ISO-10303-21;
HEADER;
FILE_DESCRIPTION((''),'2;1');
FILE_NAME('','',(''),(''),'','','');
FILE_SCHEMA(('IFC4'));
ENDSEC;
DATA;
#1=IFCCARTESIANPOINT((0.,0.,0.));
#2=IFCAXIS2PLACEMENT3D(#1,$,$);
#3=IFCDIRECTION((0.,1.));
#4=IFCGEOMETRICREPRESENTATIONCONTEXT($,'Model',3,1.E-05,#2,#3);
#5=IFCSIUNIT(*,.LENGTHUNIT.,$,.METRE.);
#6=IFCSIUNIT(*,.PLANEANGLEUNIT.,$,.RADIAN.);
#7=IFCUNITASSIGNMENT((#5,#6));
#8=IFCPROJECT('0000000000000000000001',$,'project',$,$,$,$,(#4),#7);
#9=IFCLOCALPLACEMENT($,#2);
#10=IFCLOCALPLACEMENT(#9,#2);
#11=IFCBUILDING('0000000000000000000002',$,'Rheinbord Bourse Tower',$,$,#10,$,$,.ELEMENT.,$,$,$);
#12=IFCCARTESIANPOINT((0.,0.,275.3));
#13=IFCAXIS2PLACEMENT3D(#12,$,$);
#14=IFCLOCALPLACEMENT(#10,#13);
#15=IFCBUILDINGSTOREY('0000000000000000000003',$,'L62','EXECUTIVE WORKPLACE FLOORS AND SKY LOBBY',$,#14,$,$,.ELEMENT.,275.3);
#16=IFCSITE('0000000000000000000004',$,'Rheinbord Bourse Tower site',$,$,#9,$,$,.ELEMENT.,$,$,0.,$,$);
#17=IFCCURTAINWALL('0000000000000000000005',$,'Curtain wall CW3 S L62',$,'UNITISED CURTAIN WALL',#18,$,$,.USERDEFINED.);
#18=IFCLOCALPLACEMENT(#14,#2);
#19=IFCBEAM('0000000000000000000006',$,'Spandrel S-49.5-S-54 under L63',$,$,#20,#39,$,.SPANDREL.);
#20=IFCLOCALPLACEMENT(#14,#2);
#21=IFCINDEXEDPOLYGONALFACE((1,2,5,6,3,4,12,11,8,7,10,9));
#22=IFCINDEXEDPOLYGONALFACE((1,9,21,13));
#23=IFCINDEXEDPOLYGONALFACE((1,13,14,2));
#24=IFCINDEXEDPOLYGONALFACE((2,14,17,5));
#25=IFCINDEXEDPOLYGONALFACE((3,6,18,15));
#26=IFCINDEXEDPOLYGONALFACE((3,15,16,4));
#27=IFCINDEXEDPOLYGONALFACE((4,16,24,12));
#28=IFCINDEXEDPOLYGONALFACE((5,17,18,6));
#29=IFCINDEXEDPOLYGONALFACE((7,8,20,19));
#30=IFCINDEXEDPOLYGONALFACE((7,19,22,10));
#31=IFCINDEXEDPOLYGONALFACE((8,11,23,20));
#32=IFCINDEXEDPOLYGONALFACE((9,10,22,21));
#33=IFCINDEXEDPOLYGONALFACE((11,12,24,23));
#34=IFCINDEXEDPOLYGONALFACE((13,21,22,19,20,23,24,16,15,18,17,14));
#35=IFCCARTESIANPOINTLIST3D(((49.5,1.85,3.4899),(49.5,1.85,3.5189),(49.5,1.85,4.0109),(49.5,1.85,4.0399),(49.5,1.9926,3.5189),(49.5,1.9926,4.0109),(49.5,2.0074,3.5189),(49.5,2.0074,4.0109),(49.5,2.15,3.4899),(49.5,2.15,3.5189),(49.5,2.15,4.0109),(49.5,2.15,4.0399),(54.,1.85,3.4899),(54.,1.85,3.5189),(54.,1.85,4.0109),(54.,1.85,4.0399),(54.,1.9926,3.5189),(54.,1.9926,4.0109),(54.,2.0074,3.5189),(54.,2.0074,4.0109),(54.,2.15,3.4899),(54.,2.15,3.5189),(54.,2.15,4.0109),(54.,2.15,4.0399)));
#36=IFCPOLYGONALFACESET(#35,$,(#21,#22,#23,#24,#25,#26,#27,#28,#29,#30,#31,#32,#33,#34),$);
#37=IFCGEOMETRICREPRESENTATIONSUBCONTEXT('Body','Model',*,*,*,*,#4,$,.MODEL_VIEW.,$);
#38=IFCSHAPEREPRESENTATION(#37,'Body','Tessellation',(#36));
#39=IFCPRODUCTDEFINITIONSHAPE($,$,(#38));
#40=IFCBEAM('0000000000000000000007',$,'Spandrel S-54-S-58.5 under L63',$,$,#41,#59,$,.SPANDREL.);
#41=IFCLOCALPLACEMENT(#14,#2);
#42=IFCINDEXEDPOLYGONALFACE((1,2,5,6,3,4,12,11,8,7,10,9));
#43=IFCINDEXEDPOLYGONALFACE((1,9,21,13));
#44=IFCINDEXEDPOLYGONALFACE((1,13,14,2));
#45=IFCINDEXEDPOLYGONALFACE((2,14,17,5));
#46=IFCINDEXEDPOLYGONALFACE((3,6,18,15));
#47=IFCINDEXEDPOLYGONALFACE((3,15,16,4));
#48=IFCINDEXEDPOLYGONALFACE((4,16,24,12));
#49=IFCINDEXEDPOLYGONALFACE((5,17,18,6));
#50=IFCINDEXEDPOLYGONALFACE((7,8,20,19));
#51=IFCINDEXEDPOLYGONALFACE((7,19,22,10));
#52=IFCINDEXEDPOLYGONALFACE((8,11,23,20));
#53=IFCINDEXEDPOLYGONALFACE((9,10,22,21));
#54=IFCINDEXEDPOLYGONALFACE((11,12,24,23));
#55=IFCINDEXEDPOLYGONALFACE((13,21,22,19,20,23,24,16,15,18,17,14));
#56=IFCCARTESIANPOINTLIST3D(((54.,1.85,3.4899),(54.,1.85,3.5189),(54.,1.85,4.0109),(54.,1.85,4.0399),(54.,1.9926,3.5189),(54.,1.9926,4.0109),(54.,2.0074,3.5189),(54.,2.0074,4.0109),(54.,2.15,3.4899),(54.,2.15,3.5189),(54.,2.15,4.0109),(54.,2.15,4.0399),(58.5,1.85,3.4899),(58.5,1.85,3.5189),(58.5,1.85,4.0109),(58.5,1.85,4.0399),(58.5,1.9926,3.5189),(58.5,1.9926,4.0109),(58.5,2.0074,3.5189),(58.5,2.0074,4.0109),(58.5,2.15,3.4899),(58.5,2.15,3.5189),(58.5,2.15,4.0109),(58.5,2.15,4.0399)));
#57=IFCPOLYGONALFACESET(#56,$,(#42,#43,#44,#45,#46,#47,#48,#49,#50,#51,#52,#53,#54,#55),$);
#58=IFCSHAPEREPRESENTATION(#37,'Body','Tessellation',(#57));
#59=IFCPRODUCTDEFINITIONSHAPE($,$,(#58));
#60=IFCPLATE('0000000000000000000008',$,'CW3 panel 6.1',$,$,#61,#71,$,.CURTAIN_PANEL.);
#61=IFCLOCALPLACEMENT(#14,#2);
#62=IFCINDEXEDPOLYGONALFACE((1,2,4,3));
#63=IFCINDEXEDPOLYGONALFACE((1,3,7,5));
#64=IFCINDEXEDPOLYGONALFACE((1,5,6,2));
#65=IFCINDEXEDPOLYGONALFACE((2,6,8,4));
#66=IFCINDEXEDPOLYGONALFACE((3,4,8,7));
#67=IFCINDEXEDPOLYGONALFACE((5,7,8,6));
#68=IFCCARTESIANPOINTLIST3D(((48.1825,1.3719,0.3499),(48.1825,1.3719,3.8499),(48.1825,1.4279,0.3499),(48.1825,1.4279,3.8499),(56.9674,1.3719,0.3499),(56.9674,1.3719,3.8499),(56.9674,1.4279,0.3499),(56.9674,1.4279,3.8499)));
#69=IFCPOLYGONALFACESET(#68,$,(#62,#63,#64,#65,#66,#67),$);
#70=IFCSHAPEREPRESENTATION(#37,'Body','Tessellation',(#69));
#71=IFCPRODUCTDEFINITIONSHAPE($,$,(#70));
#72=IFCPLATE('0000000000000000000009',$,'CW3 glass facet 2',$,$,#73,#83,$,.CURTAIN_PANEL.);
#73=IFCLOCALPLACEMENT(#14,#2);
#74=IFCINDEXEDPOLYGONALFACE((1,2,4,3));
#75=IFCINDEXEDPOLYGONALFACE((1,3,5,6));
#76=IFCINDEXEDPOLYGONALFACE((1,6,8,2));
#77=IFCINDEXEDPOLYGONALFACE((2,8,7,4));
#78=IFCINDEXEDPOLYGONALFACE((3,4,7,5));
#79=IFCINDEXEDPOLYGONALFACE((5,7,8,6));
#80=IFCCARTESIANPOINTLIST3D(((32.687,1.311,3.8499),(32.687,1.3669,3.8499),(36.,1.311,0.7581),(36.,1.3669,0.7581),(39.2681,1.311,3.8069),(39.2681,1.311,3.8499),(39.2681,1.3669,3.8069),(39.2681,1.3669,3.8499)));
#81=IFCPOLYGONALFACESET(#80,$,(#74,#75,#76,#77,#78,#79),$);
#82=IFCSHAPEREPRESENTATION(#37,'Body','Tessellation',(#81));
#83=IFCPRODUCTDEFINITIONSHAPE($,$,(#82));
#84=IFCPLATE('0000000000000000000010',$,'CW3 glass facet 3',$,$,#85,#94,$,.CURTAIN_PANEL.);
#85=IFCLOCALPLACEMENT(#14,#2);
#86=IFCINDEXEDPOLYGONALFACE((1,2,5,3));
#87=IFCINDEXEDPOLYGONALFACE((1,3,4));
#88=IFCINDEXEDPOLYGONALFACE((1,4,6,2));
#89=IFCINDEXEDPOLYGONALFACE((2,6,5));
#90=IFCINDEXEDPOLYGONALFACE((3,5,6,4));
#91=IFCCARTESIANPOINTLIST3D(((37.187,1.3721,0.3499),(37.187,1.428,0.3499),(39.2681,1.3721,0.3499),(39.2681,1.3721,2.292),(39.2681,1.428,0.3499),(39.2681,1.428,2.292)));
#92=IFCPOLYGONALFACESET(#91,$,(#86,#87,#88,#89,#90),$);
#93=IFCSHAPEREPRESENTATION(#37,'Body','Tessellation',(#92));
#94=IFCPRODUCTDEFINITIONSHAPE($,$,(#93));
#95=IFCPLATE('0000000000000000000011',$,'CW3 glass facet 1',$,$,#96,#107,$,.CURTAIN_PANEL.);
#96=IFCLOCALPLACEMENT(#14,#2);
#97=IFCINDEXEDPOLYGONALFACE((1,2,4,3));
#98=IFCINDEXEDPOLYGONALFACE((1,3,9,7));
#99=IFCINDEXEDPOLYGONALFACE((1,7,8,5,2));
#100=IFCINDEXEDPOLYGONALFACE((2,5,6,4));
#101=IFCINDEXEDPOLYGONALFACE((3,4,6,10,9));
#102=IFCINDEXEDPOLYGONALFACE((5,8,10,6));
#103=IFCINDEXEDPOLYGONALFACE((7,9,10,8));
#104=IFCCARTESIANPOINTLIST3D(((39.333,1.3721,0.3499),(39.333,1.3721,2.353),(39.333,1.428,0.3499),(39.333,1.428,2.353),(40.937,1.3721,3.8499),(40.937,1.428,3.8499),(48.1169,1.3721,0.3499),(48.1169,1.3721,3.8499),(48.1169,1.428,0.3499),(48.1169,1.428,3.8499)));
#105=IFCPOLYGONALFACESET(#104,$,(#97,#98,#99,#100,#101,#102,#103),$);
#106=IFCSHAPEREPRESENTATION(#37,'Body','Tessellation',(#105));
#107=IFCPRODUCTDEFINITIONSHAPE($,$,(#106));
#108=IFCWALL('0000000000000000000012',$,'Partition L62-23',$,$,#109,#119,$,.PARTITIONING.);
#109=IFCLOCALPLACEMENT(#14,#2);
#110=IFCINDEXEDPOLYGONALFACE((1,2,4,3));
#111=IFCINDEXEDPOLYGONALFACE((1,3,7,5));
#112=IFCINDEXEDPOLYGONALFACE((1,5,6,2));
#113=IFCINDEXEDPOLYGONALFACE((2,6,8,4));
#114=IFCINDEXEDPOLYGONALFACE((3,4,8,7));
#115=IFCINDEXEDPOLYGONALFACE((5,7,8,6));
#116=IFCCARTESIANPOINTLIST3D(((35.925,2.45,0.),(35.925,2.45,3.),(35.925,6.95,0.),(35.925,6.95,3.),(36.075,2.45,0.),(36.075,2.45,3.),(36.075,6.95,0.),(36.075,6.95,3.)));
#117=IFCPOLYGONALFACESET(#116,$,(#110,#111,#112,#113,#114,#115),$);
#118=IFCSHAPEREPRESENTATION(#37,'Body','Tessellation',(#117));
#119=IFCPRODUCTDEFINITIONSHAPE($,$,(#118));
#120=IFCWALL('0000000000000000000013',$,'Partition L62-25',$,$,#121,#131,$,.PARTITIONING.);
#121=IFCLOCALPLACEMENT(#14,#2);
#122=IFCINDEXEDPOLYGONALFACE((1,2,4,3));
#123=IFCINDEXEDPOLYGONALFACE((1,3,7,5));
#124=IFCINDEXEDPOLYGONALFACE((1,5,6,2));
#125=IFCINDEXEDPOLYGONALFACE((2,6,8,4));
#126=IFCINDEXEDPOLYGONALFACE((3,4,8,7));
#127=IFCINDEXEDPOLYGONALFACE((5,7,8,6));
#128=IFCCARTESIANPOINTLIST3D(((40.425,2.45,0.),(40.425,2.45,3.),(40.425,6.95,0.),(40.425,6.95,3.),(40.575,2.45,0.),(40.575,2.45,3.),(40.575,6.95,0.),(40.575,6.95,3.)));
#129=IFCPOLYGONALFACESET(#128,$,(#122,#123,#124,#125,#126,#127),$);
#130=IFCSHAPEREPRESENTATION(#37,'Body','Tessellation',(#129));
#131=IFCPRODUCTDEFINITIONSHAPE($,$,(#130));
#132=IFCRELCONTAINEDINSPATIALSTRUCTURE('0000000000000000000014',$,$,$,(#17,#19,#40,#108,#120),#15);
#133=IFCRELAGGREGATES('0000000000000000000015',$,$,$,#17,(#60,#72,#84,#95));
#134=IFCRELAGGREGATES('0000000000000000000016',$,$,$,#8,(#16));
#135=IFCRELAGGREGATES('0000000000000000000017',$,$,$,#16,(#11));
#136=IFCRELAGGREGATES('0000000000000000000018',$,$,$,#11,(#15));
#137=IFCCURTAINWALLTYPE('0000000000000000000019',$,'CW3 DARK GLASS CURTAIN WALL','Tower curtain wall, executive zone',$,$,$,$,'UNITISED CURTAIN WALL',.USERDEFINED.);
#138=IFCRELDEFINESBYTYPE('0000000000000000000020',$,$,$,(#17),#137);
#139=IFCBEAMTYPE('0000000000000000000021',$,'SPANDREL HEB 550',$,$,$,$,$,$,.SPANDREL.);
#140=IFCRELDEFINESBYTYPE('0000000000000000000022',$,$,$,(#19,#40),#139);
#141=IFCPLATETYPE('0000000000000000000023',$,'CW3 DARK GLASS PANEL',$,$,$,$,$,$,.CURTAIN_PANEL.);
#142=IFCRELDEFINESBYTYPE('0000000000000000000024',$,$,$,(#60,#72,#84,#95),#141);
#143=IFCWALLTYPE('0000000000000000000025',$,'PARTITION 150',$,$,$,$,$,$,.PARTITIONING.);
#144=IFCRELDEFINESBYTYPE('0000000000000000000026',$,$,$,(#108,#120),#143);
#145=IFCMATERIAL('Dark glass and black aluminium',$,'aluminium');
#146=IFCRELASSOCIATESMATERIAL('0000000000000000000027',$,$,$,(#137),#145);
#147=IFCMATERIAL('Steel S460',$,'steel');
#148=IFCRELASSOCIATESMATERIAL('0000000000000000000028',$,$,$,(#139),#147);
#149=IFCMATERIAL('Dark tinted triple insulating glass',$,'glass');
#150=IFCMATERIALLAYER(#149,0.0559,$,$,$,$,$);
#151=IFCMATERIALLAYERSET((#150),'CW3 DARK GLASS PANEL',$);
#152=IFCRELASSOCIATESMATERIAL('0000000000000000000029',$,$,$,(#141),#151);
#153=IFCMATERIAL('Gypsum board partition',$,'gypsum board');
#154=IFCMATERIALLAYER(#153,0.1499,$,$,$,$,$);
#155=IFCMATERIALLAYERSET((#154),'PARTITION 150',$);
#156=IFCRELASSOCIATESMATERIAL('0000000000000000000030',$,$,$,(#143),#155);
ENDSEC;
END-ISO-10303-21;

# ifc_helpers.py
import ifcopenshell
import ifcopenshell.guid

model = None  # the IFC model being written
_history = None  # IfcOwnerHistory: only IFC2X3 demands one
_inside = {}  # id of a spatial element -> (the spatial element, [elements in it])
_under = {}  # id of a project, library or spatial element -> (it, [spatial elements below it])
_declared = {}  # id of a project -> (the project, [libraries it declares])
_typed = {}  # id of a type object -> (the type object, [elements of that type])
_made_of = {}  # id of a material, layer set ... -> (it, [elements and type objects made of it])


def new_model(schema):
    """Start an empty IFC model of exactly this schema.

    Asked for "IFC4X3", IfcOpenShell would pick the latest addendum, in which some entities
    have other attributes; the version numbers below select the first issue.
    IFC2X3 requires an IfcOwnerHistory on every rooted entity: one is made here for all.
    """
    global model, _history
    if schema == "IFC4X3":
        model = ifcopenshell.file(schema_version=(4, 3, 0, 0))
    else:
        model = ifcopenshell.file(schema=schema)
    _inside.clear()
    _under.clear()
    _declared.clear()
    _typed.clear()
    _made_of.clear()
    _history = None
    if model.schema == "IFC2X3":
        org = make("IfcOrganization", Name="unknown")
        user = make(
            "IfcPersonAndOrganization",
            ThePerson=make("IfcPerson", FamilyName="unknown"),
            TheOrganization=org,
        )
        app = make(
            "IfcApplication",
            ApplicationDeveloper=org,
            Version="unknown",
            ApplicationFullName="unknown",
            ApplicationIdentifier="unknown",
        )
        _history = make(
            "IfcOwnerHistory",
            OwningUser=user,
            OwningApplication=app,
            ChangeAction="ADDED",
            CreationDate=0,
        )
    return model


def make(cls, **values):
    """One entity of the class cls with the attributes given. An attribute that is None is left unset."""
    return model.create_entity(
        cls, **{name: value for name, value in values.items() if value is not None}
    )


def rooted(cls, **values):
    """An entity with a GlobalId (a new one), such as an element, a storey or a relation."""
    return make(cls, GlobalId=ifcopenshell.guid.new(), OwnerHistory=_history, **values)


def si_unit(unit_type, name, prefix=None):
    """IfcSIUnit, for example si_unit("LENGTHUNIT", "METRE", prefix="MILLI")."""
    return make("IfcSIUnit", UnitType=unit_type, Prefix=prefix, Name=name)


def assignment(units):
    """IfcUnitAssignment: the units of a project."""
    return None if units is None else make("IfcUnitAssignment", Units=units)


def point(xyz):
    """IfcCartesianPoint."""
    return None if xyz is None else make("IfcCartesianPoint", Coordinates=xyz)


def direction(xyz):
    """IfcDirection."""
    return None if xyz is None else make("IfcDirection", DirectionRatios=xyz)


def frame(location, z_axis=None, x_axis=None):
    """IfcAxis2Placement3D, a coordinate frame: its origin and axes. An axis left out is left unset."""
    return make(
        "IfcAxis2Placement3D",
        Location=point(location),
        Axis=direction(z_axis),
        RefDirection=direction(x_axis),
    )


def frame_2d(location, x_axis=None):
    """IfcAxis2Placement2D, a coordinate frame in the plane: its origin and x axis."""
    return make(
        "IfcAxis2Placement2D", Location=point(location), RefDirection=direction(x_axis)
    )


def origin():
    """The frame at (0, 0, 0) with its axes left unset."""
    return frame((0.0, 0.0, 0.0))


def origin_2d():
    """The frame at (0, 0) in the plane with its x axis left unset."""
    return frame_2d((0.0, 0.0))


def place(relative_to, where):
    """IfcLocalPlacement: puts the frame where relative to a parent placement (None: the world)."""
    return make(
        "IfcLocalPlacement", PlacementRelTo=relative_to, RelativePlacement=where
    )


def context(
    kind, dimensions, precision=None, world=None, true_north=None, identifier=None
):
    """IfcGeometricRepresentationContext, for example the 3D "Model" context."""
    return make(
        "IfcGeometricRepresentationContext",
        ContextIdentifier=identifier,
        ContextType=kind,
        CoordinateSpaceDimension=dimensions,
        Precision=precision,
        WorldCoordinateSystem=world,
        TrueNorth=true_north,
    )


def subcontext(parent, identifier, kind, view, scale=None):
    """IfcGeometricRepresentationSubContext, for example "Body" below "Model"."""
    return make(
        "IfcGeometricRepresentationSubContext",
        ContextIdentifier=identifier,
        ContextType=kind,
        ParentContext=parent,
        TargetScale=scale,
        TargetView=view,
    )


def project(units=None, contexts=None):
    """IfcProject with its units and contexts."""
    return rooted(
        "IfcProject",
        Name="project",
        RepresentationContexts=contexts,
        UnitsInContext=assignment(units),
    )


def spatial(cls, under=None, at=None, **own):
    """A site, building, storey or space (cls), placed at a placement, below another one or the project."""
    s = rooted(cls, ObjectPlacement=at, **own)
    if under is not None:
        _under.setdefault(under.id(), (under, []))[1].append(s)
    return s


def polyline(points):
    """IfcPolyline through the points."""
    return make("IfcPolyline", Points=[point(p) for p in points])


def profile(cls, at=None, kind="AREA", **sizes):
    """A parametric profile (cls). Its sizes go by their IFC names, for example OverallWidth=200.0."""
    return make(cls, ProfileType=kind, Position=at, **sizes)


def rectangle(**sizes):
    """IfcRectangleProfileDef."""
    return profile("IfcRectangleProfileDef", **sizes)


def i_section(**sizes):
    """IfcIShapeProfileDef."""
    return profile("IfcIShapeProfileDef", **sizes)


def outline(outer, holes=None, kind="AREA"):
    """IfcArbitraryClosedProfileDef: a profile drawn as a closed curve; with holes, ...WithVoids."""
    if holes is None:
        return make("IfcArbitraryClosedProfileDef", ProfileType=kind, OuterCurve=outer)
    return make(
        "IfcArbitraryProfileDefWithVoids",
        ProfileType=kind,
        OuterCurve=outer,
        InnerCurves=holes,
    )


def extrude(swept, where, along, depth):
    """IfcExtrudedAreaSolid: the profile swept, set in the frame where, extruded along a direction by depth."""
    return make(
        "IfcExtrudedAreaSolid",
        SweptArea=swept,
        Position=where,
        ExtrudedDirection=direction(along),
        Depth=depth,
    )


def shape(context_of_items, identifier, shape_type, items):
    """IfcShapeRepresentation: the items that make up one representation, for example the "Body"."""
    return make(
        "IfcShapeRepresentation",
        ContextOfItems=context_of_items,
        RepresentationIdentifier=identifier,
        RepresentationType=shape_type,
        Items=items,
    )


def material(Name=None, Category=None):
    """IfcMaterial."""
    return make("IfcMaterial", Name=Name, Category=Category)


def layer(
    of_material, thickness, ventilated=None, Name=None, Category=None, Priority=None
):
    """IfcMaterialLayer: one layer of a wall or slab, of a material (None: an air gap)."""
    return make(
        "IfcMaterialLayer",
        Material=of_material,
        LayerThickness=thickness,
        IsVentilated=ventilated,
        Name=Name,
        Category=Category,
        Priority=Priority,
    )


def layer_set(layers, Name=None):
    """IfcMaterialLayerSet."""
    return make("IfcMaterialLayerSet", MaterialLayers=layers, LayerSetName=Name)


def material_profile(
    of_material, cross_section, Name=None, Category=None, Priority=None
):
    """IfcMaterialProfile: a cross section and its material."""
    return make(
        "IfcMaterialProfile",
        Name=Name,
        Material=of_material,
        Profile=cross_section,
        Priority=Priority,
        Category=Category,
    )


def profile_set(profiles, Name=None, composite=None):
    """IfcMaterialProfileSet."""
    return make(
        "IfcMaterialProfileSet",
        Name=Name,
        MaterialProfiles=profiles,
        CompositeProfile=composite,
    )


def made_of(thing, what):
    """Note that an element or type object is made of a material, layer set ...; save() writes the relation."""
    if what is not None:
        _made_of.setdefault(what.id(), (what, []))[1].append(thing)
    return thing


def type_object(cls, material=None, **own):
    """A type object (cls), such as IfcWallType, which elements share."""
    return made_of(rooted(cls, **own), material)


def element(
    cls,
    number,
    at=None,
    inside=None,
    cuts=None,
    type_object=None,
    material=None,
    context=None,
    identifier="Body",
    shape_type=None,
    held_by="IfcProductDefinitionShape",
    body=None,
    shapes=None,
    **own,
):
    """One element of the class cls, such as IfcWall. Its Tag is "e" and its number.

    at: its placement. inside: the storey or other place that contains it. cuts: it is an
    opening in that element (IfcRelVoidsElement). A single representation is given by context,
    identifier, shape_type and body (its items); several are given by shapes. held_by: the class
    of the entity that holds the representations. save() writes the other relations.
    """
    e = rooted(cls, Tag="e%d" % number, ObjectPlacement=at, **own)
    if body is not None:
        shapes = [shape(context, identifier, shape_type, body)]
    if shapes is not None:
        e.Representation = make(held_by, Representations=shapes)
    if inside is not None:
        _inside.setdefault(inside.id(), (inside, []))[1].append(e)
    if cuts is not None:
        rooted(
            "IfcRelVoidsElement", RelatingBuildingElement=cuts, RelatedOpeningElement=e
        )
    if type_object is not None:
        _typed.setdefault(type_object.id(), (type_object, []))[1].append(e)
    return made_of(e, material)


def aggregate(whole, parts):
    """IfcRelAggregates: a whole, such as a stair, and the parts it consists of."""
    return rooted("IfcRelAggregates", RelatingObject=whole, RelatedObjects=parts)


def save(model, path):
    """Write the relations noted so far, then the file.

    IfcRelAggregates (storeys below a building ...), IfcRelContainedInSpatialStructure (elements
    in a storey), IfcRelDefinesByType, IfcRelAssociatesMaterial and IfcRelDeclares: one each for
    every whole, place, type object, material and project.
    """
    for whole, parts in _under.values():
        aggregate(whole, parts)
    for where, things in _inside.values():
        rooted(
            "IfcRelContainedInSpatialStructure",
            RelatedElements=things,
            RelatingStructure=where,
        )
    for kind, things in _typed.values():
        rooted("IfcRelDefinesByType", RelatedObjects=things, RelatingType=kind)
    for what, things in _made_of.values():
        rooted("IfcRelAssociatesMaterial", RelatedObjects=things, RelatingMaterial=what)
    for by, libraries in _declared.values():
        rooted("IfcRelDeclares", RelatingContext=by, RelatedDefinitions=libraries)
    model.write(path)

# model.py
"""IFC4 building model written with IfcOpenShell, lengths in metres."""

from ifc_helpers import new_model, si_unit, direction, frame, frame_2d, origin, origin_2d, place, context, subcontext, project, spatial, polyline, rectangle, i_section, outline, extrude, material, layer, layer_set, material_profile, profile_set, type_object, element, aggregate, save


model = new_model("IFC4")

# Units and contexts
model_context = context("Model", 3, precision=1e-05, world=origin(), true_north=direction((0.0, 1.0)))
body_context = subcontext(model_context, "Body", "Model", "MODEL_VIEW")
ifc_project = project(units=[si_unit("LENGTHUNIT", "METRE"), si_unit("PLANEANGLEUNIT", "RADIAN")], contexts=[model_context])

# Site, building, storey
site_placement = place(None, origin())
site = spatial("IfcSite", under=ifc_project, at=site_placement, Name="Rheinbord Bourse Tower site", CompositionType="ELEMENT", RefElevation=0.0)
building_placement = place(site_placement, origin())
building = spatial("IfcBuilding", under=site, at=building_placement, Name="Rheinbord Bourse Tower", CompositionType="ELEMENT")
storey_placement = place(building_placement, frame((0.0, 0.0, 275.3)))
storey = spatial("IfcBuildingStorey", under=building, at=storey_placement, Name="L62", Description="EXECUTIVE WORKPLACE FLOORS AND SKY LOBBY", CompositionType="ELEMENT", Elevation=275.3)

# Curtain wall
ifc_material_1 = material(Name="Dark glass and black aluminium", Category="aluminium")
curtain_wall_type = type_object("IfcCurtainWallType", Name="CW3 DARK GLASS CURTAIN WALL", Description="Tower curtain wall, executive zone", ElementType="UNITISED CURTAIN WALL", PredefinedType="USERDEFINED", material=ifc_material_1)
curtain_wall_placement = place(storey_placement, origin())
curtain_wall = element("IfcCurtainWall", 1, at=curtain_wall_placement, inside=storey, type_object=curtain_wall_type, Name="Curtain wall CW3 S L62", ObjectType="UNITISED CURTAIN WALL", PredefinedType="USERDEFINED")

# Beams
ifc_material_2 = material(Name="Steel S460", Category="steel")
ifc_material_profile_1 = material_profile(ifc_material_2, i_section(OverallWidth=0.3, OverallDepth=0.55, WebThickness=0.0149, FlangeThickness=0.0291, at=origin_2d()), Name="HEB 550")
ifc_profile_set_1 = profile_set([ifc_material_profile_1], Name="Steel S460")
beam_type_1 = type_object("IfcBeamType", Name="SPANDREL HEB 550", PredefinedType="SPANDREL", material=ifc_profile_set_1)
for number, where, z_axis, x_axis, name in (
    (2, (49.5, 2.0, 3.7649), (1.0, 0.0, 0.0), (0.0, 1.0, 0.0), "Spandrel S-49.5-S-54 under L63"),
    (3, (54.0, 2.0, 3.7649), (1.0, 0.0, 0.0), (0.0, 1.0, 0.0), "Spandrel S-54-S-58.5 under L63"),
):
    element("IfcBeam", number, at=place(storey_placement, frame(where, z_axis=z_axis, x_axis=x_axis)), inside=storey, type_object=beam_type_1, Name=name, PredefinedType="SPANDREL", context=body_context, shape_type="SweptSolid", body=[
        extrude(i_section(OverallWidth=0.3, OverallDepth=0.55, WebThickness=0.0149, FlangeThickness=0.0291, at=origin_2d()), origin(), (0.0, 0.0, 1.0), 4.5),
    ])

# Plates
ifc_material_3 = material(Name="Dark tinted triple insulating glass", Category="glass")
ifc_layer_1 = layer(ifc_material_3, 0.0559)
ifc_layer_set_1 = layer_set([ifc_layer_1], Name="CW3 DARK GLASS PANEL")
plate_type = type_object("IfcPlateType", Name="CW3 DARK GLASS PANEL", PredefinedType="CURTAIN_PANEL", material=ifc_layer_set_1)
plate_1_placement = place(storey_placement, frame((52.575, 1.3999, 0.3499), z_axis=(0.0, 0.0, 1.0), x_axis=(1.0, 0.0, 0.0)))
plate_1 = element("IfcPlate", 4, at=plate_1_placement, type_object=plate_type, Name="CW3 panel 6.1", PredefinedType="CURTAIN_PANEL", context=body_context, shape_type="SweptSolid", body=[
    extrude(rectangle(XDim=8.7849, YDim=0.0559, at=origin_2d()), origin(), (0.0, 0.0, 1.0), 3.5),
])
plate_2_placement = place(storey_placement, frame((39.2681, 1.311, 3.8499), z_axis=(0.0, 1.0, 0.0), x_axis=(0.0, 0.0, -1.0)))
plate_2 = element("IfcPlate", 5, at=plate_2_placement, type_object=plate_type, Name="CW3 glass facet 2", PredefinedType="CURTAIN_PANEL", context=body_context, shape_type="SweptSolid", body=[
    extrude(outline(polyline([(0.0, 0.0), (0.043, 0.0), (3.0918, 3.2681), (0.0, 6.5811), (0.0, 0.0)])), origin(), (0.0, 0.0, 1.0), 0.0559),
])
plate_3_placement = place(storey_placement, frame((39.2681, 1.3721, 0.3499), z_axis=(0.0, 1.0, 0.0), x_axis=(-1.0, 0.0, 0.0)))
plate_3 = element("IfcPlate", 6, at=plate_3_placement, type_object=plate_type, Name="CW3 glass facet 3", PredefinedType="CURTAIN_PANEL", context=body_context, shape_type="SweptSolid", body=[
    extrude(outline(polyline([(0.0, 0.0), (2.0811, 0.0), (0.0, 1.9421), (0.0, 0.0)])), origin(), (0.0, 0.0, 1.0), 0.0559),
])
plate_4_placement = place(storey_placement, frame((48.1169, 1.3721, 3.8499), z_axis=(0.0, 1.0, 0.0), x_axis=(0.0, 0.0, -1.0)))
plate_4 = element("IfcPlate", 7, at=plate_4_placement, type_object=plate_type, Name="CW3 glass facet 1", PredefinedType="CURTAIN_PANEL", context=body_context, shape_type="SweptSolid", body=[
    extrude(outline(polyline([(0.0, 0.0), (3.5, 0.0), (3.5, 8.7839), (1.4968, 8.7839), (0.0, 7.1799), (0.0, 0.0)])), origin(), (0.0, 0.0, 1.0), 0.0559),
])
aggregate(curtain_wall, [plate_1, plate_2, plate_3, plate_4])

# Walls
ifc_material_4 = material(Name="Gypsum board partition", Category="gypsum board")
ifc_layer_2 = layer(ifc_material_4, 0.1499)
ifc_layer_set_2 = layer_set([ifc_layer_2], Name="PARTITION 150")
wall_type = type_object("IfcWallType", Name="PARTITION 150", PredefinedType="PARTITIONING", material=ifc_layer_set_2)
for number, where, z_axis, x_axis, name in (
    (8, (36.0, 2.45, 0.0), (0.0, 0.0, 1.0), (0.0, 1.0, 0.0), "Partition L62-23"),
    (9, (40.5, 2.45, 0.0), (0.0, 0.0, 1.0), (0.0, 1.0, 0.0), "Partition L62-25"),
):
    element("IfcWall", number, at=place(storey_placement, frame(where, z_axis=z_axis, x_axis=x_axis)), inside=storey, type_object=wall_type, Name=name, PredefinedType="PARTITIONING", context=body_context, shape_type="SweptSolid", body=[
        extrude(rectangle(XDim=4.5, YDim=0.1499, at=frame_2d((2.25, 0.0))), origin(), (0.0, 0.0, 1.0), 3.0),
    ])

save(model, "model.ifc")
